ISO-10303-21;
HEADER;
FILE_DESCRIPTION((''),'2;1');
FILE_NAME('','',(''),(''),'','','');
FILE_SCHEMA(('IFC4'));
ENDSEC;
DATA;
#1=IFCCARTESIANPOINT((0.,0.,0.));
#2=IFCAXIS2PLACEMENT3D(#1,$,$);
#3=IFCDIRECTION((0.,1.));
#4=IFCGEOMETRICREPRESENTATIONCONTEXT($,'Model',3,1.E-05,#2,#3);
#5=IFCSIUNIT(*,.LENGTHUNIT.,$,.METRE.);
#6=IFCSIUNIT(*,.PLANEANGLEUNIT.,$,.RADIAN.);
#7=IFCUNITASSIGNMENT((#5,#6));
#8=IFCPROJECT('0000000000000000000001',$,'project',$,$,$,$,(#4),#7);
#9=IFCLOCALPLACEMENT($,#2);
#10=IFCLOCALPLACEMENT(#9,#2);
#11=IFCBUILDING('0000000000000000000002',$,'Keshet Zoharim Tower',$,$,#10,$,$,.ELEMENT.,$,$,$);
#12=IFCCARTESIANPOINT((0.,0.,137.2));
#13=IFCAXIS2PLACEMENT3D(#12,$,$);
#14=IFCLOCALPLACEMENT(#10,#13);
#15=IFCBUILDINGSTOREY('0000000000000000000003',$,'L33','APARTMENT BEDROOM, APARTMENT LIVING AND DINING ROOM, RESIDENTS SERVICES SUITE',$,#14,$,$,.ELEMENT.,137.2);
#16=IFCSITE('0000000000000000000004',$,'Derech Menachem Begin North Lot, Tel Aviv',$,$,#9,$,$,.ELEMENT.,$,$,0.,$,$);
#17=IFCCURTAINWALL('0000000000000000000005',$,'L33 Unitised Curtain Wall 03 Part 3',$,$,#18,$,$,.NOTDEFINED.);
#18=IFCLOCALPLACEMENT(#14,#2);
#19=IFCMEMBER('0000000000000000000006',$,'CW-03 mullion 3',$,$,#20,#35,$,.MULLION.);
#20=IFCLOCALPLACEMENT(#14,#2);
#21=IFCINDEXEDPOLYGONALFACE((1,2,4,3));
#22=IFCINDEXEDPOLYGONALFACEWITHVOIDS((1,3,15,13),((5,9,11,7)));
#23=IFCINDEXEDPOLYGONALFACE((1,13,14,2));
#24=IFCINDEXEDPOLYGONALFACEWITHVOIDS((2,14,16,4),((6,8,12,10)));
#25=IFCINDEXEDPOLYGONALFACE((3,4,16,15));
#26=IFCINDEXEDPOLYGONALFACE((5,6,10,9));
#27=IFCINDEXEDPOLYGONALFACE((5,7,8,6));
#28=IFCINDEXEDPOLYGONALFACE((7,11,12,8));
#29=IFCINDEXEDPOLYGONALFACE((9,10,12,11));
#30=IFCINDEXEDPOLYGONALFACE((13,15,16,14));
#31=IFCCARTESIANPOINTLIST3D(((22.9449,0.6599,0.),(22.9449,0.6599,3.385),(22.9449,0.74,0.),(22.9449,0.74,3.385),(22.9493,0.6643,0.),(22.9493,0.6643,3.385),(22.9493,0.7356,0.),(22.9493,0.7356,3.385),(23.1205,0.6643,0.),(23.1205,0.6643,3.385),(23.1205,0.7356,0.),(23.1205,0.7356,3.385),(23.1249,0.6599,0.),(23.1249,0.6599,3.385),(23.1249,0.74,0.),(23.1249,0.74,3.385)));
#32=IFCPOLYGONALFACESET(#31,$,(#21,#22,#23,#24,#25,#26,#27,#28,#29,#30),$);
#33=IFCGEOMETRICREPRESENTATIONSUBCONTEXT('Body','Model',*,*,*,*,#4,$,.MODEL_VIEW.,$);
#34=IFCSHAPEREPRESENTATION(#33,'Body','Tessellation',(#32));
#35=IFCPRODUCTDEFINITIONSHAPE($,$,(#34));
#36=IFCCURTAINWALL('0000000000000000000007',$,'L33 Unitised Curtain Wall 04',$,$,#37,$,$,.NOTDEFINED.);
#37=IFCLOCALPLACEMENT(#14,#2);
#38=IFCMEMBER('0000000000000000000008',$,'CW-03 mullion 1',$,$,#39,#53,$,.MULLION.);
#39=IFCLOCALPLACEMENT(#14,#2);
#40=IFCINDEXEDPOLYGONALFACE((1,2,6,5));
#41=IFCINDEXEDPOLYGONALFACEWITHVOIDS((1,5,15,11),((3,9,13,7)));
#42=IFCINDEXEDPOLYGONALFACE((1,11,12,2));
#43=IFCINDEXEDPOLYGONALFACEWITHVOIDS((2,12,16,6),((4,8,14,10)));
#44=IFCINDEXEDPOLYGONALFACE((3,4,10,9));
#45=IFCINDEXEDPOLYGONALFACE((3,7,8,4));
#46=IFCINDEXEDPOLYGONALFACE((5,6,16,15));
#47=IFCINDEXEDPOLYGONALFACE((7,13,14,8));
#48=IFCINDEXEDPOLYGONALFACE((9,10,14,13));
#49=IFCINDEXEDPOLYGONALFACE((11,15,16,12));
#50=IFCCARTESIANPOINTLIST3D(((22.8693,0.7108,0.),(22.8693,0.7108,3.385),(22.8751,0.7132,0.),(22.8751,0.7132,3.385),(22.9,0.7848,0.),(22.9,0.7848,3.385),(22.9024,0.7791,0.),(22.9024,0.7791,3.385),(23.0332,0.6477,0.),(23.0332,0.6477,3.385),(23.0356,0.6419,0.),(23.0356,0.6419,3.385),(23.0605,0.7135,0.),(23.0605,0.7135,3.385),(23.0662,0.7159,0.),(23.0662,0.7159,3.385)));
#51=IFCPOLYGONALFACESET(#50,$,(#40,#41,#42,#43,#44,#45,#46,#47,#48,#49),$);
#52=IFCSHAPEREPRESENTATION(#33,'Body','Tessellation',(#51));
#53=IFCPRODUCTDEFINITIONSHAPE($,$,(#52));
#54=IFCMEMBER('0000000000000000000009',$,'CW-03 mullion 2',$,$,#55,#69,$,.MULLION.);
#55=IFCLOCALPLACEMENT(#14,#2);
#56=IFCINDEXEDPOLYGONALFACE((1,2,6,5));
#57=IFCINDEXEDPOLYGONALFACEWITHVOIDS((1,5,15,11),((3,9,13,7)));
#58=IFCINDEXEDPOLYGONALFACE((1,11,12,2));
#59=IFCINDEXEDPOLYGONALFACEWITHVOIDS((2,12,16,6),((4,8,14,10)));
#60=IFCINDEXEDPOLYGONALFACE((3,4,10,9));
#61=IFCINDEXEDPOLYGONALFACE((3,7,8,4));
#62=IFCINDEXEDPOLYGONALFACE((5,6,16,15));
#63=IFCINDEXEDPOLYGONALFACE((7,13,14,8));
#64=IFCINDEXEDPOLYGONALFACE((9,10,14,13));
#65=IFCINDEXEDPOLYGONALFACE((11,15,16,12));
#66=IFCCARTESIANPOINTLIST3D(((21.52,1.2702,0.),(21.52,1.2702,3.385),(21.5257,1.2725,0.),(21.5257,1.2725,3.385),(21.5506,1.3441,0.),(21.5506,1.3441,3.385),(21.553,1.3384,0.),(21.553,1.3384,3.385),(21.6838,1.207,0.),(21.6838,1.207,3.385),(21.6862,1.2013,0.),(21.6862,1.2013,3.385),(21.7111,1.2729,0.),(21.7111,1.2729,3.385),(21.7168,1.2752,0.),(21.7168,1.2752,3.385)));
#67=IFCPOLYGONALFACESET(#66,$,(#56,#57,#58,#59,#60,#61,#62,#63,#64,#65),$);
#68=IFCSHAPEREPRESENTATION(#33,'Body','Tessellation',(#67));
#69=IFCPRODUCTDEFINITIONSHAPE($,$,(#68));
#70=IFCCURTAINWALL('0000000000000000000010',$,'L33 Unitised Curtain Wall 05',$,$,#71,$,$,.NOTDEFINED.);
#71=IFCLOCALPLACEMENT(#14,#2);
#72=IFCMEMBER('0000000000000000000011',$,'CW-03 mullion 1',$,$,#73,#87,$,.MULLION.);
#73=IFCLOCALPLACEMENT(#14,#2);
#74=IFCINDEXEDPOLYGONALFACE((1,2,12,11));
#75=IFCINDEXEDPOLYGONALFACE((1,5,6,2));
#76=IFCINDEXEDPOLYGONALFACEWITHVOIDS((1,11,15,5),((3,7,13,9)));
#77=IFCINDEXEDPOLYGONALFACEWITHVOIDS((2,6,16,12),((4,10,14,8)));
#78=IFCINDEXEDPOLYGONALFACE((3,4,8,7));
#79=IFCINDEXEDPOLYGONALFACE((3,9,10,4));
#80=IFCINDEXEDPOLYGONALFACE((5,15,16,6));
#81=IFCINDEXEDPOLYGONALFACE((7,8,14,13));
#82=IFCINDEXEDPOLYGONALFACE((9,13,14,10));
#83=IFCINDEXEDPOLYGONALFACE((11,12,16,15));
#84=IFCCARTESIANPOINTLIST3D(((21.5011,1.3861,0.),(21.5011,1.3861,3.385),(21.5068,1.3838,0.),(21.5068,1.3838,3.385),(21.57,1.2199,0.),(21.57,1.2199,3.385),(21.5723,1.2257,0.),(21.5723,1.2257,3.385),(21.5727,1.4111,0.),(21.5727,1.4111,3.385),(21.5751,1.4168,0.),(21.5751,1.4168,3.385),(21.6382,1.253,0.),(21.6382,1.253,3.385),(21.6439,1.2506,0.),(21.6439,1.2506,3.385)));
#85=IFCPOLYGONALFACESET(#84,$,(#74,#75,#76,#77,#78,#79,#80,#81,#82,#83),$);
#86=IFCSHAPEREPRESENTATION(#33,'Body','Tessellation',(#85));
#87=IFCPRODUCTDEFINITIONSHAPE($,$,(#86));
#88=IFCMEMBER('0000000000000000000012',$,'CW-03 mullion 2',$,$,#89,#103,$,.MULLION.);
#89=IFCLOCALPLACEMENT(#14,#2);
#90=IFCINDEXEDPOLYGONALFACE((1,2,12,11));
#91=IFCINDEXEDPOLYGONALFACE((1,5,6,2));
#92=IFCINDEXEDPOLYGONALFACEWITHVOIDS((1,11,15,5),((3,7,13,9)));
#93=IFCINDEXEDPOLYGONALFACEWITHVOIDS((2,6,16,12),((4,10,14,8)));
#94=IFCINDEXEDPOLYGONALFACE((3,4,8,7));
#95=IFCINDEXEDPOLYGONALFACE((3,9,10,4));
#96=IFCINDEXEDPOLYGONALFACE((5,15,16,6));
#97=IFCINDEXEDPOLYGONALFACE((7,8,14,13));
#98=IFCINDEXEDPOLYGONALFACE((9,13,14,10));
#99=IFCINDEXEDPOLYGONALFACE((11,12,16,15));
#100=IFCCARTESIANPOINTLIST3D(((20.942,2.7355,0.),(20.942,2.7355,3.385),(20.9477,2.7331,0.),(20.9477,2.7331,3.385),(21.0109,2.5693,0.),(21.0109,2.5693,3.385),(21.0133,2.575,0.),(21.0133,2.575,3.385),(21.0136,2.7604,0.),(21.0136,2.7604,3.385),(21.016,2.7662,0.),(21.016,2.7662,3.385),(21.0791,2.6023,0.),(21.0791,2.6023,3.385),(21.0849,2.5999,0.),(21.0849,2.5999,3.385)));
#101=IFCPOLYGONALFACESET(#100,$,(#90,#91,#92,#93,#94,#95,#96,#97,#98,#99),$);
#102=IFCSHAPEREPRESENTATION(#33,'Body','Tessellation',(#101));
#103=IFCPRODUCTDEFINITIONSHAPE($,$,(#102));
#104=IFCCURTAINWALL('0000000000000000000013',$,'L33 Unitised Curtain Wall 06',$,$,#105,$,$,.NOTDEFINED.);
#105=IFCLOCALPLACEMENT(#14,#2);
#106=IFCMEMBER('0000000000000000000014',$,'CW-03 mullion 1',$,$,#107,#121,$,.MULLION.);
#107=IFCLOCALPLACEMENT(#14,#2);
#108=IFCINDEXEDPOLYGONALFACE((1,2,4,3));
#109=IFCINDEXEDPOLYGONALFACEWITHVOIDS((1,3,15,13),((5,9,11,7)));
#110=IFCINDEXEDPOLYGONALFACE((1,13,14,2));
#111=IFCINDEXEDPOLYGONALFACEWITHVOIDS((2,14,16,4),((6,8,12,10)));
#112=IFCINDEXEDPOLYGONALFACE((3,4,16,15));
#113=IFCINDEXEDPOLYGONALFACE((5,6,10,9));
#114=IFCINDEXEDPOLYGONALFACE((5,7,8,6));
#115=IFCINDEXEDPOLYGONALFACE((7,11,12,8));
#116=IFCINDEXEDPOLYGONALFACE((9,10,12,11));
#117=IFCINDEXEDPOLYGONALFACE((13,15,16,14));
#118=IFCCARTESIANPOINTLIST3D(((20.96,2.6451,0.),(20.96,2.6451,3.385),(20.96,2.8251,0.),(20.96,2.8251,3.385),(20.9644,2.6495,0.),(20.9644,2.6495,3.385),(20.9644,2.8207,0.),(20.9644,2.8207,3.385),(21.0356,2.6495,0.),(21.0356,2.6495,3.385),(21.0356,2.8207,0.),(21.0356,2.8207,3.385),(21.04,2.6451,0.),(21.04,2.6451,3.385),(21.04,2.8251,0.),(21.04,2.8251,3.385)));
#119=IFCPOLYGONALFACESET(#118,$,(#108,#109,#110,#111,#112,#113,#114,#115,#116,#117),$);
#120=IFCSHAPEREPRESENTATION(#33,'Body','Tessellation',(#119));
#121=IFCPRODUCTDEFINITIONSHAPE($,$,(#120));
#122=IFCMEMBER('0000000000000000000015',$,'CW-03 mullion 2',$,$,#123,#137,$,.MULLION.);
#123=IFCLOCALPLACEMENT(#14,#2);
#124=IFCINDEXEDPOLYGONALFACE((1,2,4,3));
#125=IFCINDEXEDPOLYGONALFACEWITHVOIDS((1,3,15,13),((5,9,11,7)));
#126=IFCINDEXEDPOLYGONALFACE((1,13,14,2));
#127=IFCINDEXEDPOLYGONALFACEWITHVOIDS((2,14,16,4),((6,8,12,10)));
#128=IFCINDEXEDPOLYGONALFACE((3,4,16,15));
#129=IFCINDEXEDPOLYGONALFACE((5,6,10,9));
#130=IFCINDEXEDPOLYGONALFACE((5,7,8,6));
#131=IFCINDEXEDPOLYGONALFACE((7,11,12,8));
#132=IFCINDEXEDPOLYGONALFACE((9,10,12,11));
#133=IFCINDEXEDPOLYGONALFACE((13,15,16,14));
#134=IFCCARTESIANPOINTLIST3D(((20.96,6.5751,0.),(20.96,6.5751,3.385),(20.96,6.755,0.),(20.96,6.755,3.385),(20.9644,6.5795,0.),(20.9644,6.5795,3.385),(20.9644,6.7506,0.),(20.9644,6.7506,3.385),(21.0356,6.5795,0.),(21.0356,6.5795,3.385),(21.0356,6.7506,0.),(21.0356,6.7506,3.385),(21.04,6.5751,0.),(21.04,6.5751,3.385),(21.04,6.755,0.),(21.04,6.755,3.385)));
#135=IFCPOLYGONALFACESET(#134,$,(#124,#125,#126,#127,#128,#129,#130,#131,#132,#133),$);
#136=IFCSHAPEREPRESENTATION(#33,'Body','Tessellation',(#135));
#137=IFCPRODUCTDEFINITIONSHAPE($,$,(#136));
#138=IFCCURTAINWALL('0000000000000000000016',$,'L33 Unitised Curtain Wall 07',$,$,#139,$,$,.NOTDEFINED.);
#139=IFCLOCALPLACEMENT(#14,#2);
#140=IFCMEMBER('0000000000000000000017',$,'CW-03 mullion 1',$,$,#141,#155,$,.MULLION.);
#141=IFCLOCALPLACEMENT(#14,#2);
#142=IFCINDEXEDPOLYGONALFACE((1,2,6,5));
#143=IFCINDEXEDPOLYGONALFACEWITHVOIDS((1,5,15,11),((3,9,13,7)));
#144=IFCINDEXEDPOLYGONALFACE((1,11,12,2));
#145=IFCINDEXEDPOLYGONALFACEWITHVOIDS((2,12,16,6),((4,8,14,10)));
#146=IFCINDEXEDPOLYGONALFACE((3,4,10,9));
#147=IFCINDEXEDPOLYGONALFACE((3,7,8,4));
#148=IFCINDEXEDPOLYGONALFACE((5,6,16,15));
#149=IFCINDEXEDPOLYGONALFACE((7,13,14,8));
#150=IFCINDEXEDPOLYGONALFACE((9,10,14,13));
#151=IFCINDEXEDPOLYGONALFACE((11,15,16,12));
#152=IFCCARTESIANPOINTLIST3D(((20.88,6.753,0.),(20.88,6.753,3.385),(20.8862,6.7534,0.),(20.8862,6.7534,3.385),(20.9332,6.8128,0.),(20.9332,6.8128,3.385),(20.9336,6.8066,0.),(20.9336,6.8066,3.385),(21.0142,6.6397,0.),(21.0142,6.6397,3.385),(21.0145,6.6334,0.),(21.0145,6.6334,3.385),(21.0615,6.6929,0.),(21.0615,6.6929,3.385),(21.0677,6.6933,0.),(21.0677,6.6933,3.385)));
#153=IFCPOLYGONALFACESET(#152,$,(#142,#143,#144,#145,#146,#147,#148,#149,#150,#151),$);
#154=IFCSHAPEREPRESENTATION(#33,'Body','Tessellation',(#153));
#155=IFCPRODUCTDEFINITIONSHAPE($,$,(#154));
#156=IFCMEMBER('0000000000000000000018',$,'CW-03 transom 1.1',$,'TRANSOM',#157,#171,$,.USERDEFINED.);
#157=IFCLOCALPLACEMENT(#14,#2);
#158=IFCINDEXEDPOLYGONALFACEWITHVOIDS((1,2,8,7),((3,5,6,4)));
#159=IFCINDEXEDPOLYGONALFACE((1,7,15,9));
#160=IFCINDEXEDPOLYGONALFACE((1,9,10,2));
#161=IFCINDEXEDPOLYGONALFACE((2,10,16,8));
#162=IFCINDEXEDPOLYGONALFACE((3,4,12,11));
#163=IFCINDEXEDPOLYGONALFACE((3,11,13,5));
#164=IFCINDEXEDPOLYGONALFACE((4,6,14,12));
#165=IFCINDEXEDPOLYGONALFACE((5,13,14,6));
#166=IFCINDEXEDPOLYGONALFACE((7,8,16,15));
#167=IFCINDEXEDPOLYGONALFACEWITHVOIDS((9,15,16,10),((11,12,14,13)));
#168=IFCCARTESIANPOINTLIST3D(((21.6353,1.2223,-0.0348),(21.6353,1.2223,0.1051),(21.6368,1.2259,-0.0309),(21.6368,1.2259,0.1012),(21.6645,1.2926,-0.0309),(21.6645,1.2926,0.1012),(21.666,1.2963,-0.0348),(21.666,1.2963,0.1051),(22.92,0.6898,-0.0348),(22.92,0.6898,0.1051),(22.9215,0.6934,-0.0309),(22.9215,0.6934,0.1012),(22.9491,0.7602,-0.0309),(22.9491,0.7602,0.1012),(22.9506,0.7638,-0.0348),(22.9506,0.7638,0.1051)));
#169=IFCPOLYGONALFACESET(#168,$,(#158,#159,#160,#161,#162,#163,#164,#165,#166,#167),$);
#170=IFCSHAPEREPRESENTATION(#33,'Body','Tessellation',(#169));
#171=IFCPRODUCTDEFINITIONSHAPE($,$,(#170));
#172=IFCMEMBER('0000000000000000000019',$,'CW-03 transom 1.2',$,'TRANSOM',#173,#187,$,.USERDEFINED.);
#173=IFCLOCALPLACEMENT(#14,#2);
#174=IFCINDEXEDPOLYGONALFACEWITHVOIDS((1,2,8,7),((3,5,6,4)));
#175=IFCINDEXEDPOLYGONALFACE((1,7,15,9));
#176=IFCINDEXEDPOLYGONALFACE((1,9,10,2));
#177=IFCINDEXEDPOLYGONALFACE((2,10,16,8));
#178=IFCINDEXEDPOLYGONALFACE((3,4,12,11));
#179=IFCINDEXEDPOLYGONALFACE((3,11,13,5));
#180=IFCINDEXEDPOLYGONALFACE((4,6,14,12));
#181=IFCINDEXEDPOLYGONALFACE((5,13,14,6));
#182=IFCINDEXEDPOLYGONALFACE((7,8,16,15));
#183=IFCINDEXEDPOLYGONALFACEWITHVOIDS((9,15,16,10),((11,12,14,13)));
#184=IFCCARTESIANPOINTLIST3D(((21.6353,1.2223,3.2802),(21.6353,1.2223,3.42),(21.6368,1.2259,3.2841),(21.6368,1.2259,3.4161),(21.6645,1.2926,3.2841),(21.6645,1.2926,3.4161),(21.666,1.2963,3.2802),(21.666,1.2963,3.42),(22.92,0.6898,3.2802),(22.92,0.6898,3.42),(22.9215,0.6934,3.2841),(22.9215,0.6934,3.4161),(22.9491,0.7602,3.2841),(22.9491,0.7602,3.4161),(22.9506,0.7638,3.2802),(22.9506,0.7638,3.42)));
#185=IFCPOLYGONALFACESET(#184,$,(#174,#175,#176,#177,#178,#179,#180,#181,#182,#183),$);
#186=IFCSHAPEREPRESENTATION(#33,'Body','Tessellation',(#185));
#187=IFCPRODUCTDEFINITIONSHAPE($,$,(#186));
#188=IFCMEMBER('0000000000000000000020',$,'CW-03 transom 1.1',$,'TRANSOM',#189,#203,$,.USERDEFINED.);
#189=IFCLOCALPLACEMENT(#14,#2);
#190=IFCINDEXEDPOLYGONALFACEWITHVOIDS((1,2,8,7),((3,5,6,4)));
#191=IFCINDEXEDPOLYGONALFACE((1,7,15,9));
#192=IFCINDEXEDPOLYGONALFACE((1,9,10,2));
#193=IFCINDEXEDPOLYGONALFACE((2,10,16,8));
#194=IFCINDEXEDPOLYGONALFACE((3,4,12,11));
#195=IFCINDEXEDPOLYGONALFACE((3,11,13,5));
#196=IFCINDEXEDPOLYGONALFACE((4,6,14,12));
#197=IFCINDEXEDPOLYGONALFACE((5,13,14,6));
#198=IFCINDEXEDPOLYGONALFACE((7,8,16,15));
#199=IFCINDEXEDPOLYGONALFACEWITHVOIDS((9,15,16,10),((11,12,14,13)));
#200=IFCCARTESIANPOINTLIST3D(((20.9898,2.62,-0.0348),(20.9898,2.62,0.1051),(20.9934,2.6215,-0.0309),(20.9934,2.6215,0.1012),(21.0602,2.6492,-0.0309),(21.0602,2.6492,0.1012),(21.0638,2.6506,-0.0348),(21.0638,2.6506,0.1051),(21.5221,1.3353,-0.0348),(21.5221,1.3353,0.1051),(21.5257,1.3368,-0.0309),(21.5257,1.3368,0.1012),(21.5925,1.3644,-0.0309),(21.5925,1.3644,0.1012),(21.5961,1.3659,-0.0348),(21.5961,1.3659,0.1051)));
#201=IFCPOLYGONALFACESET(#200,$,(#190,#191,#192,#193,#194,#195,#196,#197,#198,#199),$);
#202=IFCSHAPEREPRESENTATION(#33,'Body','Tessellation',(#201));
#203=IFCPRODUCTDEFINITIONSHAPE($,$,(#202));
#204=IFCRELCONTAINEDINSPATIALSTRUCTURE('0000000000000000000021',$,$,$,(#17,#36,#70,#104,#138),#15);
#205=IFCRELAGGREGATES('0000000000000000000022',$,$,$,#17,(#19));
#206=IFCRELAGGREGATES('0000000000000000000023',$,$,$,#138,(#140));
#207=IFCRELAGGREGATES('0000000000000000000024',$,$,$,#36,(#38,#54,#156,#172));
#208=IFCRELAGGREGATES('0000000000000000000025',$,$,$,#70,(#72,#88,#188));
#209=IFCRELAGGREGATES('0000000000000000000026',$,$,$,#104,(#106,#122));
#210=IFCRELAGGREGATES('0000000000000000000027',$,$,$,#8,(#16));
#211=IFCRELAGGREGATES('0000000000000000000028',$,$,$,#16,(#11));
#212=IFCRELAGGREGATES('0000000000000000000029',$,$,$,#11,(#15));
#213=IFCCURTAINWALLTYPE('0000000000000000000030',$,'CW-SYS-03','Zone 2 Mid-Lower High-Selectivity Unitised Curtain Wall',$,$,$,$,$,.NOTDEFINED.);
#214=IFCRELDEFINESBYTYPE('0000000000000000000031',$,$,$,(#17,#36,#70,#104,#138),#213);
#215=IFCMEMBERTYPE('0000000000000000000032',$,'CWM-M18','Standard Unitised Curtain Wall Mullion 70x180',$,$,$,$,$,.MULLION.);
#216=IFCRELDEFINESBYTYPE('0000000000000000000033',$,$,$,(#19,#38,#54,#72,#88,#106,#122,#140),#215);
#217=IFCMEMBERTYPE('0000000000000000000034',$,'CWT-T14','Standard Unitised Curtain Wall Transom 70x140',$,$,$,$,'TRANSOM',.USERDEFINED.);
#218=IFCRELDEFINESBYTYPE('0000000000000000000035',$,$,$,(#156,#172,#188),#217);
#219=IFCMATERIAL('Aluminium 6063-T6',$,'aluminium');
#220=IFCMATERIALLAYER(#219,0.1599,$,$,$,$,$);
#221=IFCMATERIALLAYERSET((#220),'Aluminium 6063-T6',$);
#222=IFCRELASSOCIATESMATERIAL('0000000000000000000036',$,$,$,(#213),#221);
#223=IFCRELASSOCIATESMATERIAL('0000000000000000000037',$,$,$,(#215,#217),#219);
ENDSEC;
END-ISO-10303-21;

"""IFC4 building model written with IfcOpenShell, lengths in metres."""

from ifc_helpers import new_model, si_unit, direction, frame, origin, origin_2d, place, context, subcontext, project, spatial, hollow_rectangle, extrude, material, layer, layer_set, material_profile, profile_set, type_object, element, aggregate, save


model = new_model("IFC4")

# Units and contexts
model_context = context("Model", 3, precision=1e-05, world=origin(), true_north=direction((0.0, 1.0)))
body_context = subcontext(model_context, "Body", "Model", "MODEL_VIEW")
ifc_project = project(units=[si_unit("LENGTHUNIT", "METRE"), si_unit("PLANEANGLEUNIT", "RADIAN")], contexts=[model_context])

# Site, building, storey
site_placement = place(None, origin())
site = spatial("IfcSite", under=ifc_project, at=site_placement, Name="Derech Menachem Begin North Lot, Tel Aviv", CompositionType="ELEMENT", RefElevation=0.0)
building_placement = place(site_placement, origin())
building = spatial("IfcBuilding", under=site, at=building_placement, Name="Keshet Zoharim Tower", CompositionType="ELEMENT")
storey_placement = place(building_placement, frame((0.0, 0.0, 137.2)))
storey = spatial("IfcBuildingStorey", under=building, at=storey_placement, Name="L33", Description="APARTMENT BEDROOM, APARTMENT LIVING AND DINING ROOM, RESIDENTS SERVICES SUITE", CompositionType="ELEMENT", Elevation=137.2)

# Curtain wall, member
ifc_material_1 = material(Name="Aluminium 6063-T6", Category="aluminium")
ifc_layer_1 = layer(ifc_material_1, 0.1599)
ifc_layer_set_1 = layer_set([ifc_layer_1], Name="Aluminium 6063-T6")
curtain_wall_type = type_object("IfcCurtainWallType", Name="CW-SYS-03", Description="Zone 2 Mid-Lower High-Selectivity Unitised Curtain Wall", PredefinedType="NOTDEFINED", material=ifc_layer_set_1)
curtain_wall_1_placement = place(storey_placement, origin())
curtain_wall_1 = element("IfcCurtainWall", 1, at=curtain_wall_1_placement, inside=storey, type_object=curtain_wall_type, Name="L33 Unitised Curtain Wall 03 Part 3", PredefinedType="NOTDEFINED")
ifc_material_profile_1 = material_profile(ifc_material_1, hollow_rectangle(XDim=0.0801, YDim=0.1799, WallThickness=0.0044, at=origin_2d()), Name="MUL-80x180")
ifc_profile_set_1 = profile_set([ifc_material_profile_1], Name="Aluminium 6063-T6")
member_type_1 = type_object("IfcMemberType", Name="CWM-M18", Description="Standard Unitised Curtain Wall Mullion 70x180", PredefinedType="MULLION", material=ifc_profile_set_1)
member_1_placement = place(storey_placement, frame((23.0349, 0.7, 0.0), z_axis=(0.0, 0.0, 1.0), x_axis=(0.0, -1.0, 0.0)))
member_1 = element("IfcMember", 2, at=member_1_placement, type_object=member_type_1, Name="CW-03 mullion 3", PredefinedType="MULLION", context=body_context, shape_type="SweptSolid", body=[
    extrude(hollow_rectangle(XDim=0.0801, YDim=0.1799, WallThickness=0.0044, at=origin_2d()), origin(), (0.0, 0.0, 1.0), 3.385),
])
aggregate(curtain_wall_1, [member_1])

# Curtain walls, members
curtain_wall_2_placement = place(storey_placement, origin())
curtain_wall_2 = element("IfcCurtainWall", 3, at=curtain_wall_2_placement, inside=storey, type_object=curtain_wall_type, Name="L33 Unitised Curtain Wall 04", PredefinedType="NOTDEFINED")
member_2_placement = place(storey_placement, frame((22.9678, 0.7134, 0.0), z_axis=(0.0, 0.0, 1.0), x_axis=(-0.382852, -0.92381, 0.0)))
member_2 = element("IfcMember", 4, at=member_2_placement, type_object=member_type_1, Name="CW-03 mullion 1", PredefinedType="MULLION", context=body_context, shape_type="SweptSolid", body=[
    extrude(hollow_rectangle(XDim=0.0801, YDim=0.1799, WallThickness=0.0044, at=origin_2d()), origin(), (0.0, 0.0, 1.0), 3.385),
])
member_3_placement = place(storey_placement, frame((21.6184, 1.2727, 0.0), z_axis=(0.0, 0.0, 1.0), x_axis=(-0.382852, -0.92381, 0.0)))
member_3 = element("IfcMember", 5, at=member_3_placement, type_object=member_type_1, Name="CW-03 mullion 2", PredefinedType="MULLION", context=body_context, shape_type="SweptSolid", body=[
    extrude(hollow_rectangle(XDim=0.0801, YDim=0.1799, WallThickness=0.0044, at=origin_2d()), origin(), (0.0, 0.0, 1.0), 3.385),
])
curtain_wall_3_placement = place(storey_placement, origin())
curtain_wall_3 = element("IfcCurtainWall", 6, at=curtain_wall_3_placement, inside=storey, type_object=curtain_wall_type, Name="L33 Unitised Curtain Wall 05", PredefinedType="NOTDEFINED")
member_4_placement = place(storey_placement, frame((21.5725, 1.3184, 0.0), z_axis=(0.0, 0.0, 1.0), x_axis=(-0.92381, -0.382852, 0.0)))
member_4 = element("IfcMember", 7, at=member_4_placement, type_object=member_type_1, Name="CW-03 mullion 1", PredefinedType="MULLION", context=body_context, shape_type="SweptSolid", body=[
    extrude(hollow_rectangle(XDim=0.0801, YDim=0.1799, WallThickness=0.0044, at=origin_2d()), origin(), (0.0, 0.0, 1.0), 3.385),
])
member_5_placement = place(storey_placement, frame((21.0134, 2.6677, 0.0), z_axis=(0.0, 0.0, 1.0), x_axis=(-0.92381, -0.382852, 0.0)))
member_5 = element("IfcMember", 8, at=member_5_placement, type_object=member_type_1, Name="CW-03 mullion 2", PredefinedType="MULLION", context=body_context, shape_type="SweptSolid", body=[
    extrude(hollow_rectangle(XDim=0.0801, YDim=0.1799, WallThickness=0.0044, at=origin_2d()), origin(), (0.0, 0.0, 1.0), 3.385),
])
curtain_wall_4_placement = place(storey_placement, origin())
curtain_wall_4 = element("IfcCurtainWall", 9, at=curtain_wall_4_placement, inside=storey, type_object=curtain_wall_type, Name="L33 Unitised Curtain Wall 06", PredefinedType="NOTDEFINED")
member_6_placement = place(storey_placement, frame((21.0, 2.7351, 0.0), z_axis=(0.0, 0.0, 1.0), x_axis=(-1.0, 0.0, 0.0)))
member_6 = element("IfcMember", 10, at=member_6_placement, type_object=member_type_1, Name="CW-03 mullion 1", PredefinedType="MULLION", context=body_context, shape_type="SweptSolid", body=[
    extrude(hollow_rectangle(XDim=0.0801, YDim=0.1799, WallThickness=0.0044, at=origin_2d()), origin(), (0.0, 0.0, 1.0), 3.385),
])
member_7_placement = place(storey_placement, frame((21.0, 6.665, 0.0), z_axis=(0.0, 0.0, 1.0), x_axis=(-1.0, 0.0, 0.0)))
member_7 = element("IfcMember", 11, at=member_7_placement, type_object=member_type_1, Name="CW-03 mullion 2", PredefinedType="MULLION", context=body_context, shape_type="SweptSolid", body=[
    extrude(hollow_rectangle(XDim=0.0801, YDim=0.1799, WallThickness=0.0044, at=origin_2d()), origin(), (0.0, 0.0, 1.0), 3.385),
])

# Curtain wall, member
curtain_wall_5_placement = place(storey_placement, origin())
curtain_wall_5 = element("IfcCurtainWall", 12, at=curtain_wall_5_placement, inside=storey, type_object=curtain_wall_type, Name="L33 Unitised Curtain Wall 07", PredefinedType="NOTDEFINED")
member_8_placement = place(storey_placement, frame((20.9739, 6.7231, 0.0), z_axis=(0.0, 0.0, 1.0), x_axis=(-0.664367, -0.747406, 0.0)))
member_8 = element("IfcMember", 13, at=member_8_placement, type_object=member_type_1, Name="CW-03 mullion 1", PredefinedType="MULLION", context=body_context, shape_type="SweptSolid", body=[
    extrude(hollow_rectangle(XDim=0.0801, YDim=0.1799, WallThickness=0.0044, at=origin_2d()), origin(), (0.0, 0.0, 1.0), 3.385),
])

# Members
ifc_material_profile_2 = material_profile(ifc_material_1, hollow_rectangle(XDim=0.0801, YDim=0.1399, WallThickness=0.0039, at=origin_2d()), Name="TRN-80x140")
ifc_profile_set_2 = profile_set([ifc_material_profile_2], Name="Aluminium 6063-T6")
member_type_2 = type_object("IfcMemberType", Name="CWT-T14", Description="Standard Unitised Curtain Wall Transom 70x140", ElementType="TRANSOM", PredefinedType="USERDEFINED", material=ifc_profile_set_2)
member_9_placement = place(storey_placement, frame((22.9353, 0.7268, 0.0352), z_axis=(-0.923792, 0.382894, 0.0), x_axis=(-0.382894, -0.923792, 0.0)))
member_9 = element("IfcMember", 14, at=member_9_placement, type_object=member_type_2, Name="CW-03 transom 1.1", ObjectType="TRANSOM", PredefinedType="USERDEFINED", context=body_context, shape_type="SweptSolid", body=[
    extrude(hollow_rectangle(XDim=0.0801, YDim=0.1399, WallThickness=0.0039, at=origin_2d()), origin(), (0.0, 0.0, 1.0), 1.3906),
])
member_10_placement = place(storey_placement, frame((22.9353, 0.7268, 3.3501), z_axis=(-0.923792, 0.382894, 0.0), x_axis=(-0.382894, -0.923792, 0.0)))
member_10 = element("IfcMember", 15, at=member_10_placement, type_object=member_type_2, Name="CW-03 transom 1.2", ObjectType="TRANSOM", PredefinedType="USERDEFINED", context=body_context, shape_type="SweptSolid", body=[
    extrude(hollow_rectangle(XDim=0.0801, YDim=0.1399, WallThickness=0.0039, at=origin_2d()), origin(), (0.0, 0.0, 1.0), 1.3906),
])
member_11_placement = place(storey_placement, frame((21.5591, 1.3506, 0.0352), z_axis=(-0.382745, 0.923854, 0.0), x_axis=(-0.923854, -0.382745, 0.0)))
member_11 = element("IfcMember", 16, at=member_11_placement, type_object=member_type_2, Name="CW-03 transom 1.1", ObjectType="TRANSOM", PredefinedType="USERDEFINED", context=body_context, shape_type="SweptSolid", body=[
    extrude(hollow_rectangle(XDim=0.0801, YDim=0.1399, WallThickness=0.0039, at=origin_2d()), origin(), (0.0, 0.0, 1.0), 1.3906),
])
aggregate(curtain_wall_5, [member_8])

aggregate(curtain_wall_2, [member_2, member_3, member_9, member_10])
aggregate(curtain_wall_3, [member_4, member_5, member_11])
aggregate(curtain_wall_4, [member_6, member_7])

save(model, "model.ifc")
